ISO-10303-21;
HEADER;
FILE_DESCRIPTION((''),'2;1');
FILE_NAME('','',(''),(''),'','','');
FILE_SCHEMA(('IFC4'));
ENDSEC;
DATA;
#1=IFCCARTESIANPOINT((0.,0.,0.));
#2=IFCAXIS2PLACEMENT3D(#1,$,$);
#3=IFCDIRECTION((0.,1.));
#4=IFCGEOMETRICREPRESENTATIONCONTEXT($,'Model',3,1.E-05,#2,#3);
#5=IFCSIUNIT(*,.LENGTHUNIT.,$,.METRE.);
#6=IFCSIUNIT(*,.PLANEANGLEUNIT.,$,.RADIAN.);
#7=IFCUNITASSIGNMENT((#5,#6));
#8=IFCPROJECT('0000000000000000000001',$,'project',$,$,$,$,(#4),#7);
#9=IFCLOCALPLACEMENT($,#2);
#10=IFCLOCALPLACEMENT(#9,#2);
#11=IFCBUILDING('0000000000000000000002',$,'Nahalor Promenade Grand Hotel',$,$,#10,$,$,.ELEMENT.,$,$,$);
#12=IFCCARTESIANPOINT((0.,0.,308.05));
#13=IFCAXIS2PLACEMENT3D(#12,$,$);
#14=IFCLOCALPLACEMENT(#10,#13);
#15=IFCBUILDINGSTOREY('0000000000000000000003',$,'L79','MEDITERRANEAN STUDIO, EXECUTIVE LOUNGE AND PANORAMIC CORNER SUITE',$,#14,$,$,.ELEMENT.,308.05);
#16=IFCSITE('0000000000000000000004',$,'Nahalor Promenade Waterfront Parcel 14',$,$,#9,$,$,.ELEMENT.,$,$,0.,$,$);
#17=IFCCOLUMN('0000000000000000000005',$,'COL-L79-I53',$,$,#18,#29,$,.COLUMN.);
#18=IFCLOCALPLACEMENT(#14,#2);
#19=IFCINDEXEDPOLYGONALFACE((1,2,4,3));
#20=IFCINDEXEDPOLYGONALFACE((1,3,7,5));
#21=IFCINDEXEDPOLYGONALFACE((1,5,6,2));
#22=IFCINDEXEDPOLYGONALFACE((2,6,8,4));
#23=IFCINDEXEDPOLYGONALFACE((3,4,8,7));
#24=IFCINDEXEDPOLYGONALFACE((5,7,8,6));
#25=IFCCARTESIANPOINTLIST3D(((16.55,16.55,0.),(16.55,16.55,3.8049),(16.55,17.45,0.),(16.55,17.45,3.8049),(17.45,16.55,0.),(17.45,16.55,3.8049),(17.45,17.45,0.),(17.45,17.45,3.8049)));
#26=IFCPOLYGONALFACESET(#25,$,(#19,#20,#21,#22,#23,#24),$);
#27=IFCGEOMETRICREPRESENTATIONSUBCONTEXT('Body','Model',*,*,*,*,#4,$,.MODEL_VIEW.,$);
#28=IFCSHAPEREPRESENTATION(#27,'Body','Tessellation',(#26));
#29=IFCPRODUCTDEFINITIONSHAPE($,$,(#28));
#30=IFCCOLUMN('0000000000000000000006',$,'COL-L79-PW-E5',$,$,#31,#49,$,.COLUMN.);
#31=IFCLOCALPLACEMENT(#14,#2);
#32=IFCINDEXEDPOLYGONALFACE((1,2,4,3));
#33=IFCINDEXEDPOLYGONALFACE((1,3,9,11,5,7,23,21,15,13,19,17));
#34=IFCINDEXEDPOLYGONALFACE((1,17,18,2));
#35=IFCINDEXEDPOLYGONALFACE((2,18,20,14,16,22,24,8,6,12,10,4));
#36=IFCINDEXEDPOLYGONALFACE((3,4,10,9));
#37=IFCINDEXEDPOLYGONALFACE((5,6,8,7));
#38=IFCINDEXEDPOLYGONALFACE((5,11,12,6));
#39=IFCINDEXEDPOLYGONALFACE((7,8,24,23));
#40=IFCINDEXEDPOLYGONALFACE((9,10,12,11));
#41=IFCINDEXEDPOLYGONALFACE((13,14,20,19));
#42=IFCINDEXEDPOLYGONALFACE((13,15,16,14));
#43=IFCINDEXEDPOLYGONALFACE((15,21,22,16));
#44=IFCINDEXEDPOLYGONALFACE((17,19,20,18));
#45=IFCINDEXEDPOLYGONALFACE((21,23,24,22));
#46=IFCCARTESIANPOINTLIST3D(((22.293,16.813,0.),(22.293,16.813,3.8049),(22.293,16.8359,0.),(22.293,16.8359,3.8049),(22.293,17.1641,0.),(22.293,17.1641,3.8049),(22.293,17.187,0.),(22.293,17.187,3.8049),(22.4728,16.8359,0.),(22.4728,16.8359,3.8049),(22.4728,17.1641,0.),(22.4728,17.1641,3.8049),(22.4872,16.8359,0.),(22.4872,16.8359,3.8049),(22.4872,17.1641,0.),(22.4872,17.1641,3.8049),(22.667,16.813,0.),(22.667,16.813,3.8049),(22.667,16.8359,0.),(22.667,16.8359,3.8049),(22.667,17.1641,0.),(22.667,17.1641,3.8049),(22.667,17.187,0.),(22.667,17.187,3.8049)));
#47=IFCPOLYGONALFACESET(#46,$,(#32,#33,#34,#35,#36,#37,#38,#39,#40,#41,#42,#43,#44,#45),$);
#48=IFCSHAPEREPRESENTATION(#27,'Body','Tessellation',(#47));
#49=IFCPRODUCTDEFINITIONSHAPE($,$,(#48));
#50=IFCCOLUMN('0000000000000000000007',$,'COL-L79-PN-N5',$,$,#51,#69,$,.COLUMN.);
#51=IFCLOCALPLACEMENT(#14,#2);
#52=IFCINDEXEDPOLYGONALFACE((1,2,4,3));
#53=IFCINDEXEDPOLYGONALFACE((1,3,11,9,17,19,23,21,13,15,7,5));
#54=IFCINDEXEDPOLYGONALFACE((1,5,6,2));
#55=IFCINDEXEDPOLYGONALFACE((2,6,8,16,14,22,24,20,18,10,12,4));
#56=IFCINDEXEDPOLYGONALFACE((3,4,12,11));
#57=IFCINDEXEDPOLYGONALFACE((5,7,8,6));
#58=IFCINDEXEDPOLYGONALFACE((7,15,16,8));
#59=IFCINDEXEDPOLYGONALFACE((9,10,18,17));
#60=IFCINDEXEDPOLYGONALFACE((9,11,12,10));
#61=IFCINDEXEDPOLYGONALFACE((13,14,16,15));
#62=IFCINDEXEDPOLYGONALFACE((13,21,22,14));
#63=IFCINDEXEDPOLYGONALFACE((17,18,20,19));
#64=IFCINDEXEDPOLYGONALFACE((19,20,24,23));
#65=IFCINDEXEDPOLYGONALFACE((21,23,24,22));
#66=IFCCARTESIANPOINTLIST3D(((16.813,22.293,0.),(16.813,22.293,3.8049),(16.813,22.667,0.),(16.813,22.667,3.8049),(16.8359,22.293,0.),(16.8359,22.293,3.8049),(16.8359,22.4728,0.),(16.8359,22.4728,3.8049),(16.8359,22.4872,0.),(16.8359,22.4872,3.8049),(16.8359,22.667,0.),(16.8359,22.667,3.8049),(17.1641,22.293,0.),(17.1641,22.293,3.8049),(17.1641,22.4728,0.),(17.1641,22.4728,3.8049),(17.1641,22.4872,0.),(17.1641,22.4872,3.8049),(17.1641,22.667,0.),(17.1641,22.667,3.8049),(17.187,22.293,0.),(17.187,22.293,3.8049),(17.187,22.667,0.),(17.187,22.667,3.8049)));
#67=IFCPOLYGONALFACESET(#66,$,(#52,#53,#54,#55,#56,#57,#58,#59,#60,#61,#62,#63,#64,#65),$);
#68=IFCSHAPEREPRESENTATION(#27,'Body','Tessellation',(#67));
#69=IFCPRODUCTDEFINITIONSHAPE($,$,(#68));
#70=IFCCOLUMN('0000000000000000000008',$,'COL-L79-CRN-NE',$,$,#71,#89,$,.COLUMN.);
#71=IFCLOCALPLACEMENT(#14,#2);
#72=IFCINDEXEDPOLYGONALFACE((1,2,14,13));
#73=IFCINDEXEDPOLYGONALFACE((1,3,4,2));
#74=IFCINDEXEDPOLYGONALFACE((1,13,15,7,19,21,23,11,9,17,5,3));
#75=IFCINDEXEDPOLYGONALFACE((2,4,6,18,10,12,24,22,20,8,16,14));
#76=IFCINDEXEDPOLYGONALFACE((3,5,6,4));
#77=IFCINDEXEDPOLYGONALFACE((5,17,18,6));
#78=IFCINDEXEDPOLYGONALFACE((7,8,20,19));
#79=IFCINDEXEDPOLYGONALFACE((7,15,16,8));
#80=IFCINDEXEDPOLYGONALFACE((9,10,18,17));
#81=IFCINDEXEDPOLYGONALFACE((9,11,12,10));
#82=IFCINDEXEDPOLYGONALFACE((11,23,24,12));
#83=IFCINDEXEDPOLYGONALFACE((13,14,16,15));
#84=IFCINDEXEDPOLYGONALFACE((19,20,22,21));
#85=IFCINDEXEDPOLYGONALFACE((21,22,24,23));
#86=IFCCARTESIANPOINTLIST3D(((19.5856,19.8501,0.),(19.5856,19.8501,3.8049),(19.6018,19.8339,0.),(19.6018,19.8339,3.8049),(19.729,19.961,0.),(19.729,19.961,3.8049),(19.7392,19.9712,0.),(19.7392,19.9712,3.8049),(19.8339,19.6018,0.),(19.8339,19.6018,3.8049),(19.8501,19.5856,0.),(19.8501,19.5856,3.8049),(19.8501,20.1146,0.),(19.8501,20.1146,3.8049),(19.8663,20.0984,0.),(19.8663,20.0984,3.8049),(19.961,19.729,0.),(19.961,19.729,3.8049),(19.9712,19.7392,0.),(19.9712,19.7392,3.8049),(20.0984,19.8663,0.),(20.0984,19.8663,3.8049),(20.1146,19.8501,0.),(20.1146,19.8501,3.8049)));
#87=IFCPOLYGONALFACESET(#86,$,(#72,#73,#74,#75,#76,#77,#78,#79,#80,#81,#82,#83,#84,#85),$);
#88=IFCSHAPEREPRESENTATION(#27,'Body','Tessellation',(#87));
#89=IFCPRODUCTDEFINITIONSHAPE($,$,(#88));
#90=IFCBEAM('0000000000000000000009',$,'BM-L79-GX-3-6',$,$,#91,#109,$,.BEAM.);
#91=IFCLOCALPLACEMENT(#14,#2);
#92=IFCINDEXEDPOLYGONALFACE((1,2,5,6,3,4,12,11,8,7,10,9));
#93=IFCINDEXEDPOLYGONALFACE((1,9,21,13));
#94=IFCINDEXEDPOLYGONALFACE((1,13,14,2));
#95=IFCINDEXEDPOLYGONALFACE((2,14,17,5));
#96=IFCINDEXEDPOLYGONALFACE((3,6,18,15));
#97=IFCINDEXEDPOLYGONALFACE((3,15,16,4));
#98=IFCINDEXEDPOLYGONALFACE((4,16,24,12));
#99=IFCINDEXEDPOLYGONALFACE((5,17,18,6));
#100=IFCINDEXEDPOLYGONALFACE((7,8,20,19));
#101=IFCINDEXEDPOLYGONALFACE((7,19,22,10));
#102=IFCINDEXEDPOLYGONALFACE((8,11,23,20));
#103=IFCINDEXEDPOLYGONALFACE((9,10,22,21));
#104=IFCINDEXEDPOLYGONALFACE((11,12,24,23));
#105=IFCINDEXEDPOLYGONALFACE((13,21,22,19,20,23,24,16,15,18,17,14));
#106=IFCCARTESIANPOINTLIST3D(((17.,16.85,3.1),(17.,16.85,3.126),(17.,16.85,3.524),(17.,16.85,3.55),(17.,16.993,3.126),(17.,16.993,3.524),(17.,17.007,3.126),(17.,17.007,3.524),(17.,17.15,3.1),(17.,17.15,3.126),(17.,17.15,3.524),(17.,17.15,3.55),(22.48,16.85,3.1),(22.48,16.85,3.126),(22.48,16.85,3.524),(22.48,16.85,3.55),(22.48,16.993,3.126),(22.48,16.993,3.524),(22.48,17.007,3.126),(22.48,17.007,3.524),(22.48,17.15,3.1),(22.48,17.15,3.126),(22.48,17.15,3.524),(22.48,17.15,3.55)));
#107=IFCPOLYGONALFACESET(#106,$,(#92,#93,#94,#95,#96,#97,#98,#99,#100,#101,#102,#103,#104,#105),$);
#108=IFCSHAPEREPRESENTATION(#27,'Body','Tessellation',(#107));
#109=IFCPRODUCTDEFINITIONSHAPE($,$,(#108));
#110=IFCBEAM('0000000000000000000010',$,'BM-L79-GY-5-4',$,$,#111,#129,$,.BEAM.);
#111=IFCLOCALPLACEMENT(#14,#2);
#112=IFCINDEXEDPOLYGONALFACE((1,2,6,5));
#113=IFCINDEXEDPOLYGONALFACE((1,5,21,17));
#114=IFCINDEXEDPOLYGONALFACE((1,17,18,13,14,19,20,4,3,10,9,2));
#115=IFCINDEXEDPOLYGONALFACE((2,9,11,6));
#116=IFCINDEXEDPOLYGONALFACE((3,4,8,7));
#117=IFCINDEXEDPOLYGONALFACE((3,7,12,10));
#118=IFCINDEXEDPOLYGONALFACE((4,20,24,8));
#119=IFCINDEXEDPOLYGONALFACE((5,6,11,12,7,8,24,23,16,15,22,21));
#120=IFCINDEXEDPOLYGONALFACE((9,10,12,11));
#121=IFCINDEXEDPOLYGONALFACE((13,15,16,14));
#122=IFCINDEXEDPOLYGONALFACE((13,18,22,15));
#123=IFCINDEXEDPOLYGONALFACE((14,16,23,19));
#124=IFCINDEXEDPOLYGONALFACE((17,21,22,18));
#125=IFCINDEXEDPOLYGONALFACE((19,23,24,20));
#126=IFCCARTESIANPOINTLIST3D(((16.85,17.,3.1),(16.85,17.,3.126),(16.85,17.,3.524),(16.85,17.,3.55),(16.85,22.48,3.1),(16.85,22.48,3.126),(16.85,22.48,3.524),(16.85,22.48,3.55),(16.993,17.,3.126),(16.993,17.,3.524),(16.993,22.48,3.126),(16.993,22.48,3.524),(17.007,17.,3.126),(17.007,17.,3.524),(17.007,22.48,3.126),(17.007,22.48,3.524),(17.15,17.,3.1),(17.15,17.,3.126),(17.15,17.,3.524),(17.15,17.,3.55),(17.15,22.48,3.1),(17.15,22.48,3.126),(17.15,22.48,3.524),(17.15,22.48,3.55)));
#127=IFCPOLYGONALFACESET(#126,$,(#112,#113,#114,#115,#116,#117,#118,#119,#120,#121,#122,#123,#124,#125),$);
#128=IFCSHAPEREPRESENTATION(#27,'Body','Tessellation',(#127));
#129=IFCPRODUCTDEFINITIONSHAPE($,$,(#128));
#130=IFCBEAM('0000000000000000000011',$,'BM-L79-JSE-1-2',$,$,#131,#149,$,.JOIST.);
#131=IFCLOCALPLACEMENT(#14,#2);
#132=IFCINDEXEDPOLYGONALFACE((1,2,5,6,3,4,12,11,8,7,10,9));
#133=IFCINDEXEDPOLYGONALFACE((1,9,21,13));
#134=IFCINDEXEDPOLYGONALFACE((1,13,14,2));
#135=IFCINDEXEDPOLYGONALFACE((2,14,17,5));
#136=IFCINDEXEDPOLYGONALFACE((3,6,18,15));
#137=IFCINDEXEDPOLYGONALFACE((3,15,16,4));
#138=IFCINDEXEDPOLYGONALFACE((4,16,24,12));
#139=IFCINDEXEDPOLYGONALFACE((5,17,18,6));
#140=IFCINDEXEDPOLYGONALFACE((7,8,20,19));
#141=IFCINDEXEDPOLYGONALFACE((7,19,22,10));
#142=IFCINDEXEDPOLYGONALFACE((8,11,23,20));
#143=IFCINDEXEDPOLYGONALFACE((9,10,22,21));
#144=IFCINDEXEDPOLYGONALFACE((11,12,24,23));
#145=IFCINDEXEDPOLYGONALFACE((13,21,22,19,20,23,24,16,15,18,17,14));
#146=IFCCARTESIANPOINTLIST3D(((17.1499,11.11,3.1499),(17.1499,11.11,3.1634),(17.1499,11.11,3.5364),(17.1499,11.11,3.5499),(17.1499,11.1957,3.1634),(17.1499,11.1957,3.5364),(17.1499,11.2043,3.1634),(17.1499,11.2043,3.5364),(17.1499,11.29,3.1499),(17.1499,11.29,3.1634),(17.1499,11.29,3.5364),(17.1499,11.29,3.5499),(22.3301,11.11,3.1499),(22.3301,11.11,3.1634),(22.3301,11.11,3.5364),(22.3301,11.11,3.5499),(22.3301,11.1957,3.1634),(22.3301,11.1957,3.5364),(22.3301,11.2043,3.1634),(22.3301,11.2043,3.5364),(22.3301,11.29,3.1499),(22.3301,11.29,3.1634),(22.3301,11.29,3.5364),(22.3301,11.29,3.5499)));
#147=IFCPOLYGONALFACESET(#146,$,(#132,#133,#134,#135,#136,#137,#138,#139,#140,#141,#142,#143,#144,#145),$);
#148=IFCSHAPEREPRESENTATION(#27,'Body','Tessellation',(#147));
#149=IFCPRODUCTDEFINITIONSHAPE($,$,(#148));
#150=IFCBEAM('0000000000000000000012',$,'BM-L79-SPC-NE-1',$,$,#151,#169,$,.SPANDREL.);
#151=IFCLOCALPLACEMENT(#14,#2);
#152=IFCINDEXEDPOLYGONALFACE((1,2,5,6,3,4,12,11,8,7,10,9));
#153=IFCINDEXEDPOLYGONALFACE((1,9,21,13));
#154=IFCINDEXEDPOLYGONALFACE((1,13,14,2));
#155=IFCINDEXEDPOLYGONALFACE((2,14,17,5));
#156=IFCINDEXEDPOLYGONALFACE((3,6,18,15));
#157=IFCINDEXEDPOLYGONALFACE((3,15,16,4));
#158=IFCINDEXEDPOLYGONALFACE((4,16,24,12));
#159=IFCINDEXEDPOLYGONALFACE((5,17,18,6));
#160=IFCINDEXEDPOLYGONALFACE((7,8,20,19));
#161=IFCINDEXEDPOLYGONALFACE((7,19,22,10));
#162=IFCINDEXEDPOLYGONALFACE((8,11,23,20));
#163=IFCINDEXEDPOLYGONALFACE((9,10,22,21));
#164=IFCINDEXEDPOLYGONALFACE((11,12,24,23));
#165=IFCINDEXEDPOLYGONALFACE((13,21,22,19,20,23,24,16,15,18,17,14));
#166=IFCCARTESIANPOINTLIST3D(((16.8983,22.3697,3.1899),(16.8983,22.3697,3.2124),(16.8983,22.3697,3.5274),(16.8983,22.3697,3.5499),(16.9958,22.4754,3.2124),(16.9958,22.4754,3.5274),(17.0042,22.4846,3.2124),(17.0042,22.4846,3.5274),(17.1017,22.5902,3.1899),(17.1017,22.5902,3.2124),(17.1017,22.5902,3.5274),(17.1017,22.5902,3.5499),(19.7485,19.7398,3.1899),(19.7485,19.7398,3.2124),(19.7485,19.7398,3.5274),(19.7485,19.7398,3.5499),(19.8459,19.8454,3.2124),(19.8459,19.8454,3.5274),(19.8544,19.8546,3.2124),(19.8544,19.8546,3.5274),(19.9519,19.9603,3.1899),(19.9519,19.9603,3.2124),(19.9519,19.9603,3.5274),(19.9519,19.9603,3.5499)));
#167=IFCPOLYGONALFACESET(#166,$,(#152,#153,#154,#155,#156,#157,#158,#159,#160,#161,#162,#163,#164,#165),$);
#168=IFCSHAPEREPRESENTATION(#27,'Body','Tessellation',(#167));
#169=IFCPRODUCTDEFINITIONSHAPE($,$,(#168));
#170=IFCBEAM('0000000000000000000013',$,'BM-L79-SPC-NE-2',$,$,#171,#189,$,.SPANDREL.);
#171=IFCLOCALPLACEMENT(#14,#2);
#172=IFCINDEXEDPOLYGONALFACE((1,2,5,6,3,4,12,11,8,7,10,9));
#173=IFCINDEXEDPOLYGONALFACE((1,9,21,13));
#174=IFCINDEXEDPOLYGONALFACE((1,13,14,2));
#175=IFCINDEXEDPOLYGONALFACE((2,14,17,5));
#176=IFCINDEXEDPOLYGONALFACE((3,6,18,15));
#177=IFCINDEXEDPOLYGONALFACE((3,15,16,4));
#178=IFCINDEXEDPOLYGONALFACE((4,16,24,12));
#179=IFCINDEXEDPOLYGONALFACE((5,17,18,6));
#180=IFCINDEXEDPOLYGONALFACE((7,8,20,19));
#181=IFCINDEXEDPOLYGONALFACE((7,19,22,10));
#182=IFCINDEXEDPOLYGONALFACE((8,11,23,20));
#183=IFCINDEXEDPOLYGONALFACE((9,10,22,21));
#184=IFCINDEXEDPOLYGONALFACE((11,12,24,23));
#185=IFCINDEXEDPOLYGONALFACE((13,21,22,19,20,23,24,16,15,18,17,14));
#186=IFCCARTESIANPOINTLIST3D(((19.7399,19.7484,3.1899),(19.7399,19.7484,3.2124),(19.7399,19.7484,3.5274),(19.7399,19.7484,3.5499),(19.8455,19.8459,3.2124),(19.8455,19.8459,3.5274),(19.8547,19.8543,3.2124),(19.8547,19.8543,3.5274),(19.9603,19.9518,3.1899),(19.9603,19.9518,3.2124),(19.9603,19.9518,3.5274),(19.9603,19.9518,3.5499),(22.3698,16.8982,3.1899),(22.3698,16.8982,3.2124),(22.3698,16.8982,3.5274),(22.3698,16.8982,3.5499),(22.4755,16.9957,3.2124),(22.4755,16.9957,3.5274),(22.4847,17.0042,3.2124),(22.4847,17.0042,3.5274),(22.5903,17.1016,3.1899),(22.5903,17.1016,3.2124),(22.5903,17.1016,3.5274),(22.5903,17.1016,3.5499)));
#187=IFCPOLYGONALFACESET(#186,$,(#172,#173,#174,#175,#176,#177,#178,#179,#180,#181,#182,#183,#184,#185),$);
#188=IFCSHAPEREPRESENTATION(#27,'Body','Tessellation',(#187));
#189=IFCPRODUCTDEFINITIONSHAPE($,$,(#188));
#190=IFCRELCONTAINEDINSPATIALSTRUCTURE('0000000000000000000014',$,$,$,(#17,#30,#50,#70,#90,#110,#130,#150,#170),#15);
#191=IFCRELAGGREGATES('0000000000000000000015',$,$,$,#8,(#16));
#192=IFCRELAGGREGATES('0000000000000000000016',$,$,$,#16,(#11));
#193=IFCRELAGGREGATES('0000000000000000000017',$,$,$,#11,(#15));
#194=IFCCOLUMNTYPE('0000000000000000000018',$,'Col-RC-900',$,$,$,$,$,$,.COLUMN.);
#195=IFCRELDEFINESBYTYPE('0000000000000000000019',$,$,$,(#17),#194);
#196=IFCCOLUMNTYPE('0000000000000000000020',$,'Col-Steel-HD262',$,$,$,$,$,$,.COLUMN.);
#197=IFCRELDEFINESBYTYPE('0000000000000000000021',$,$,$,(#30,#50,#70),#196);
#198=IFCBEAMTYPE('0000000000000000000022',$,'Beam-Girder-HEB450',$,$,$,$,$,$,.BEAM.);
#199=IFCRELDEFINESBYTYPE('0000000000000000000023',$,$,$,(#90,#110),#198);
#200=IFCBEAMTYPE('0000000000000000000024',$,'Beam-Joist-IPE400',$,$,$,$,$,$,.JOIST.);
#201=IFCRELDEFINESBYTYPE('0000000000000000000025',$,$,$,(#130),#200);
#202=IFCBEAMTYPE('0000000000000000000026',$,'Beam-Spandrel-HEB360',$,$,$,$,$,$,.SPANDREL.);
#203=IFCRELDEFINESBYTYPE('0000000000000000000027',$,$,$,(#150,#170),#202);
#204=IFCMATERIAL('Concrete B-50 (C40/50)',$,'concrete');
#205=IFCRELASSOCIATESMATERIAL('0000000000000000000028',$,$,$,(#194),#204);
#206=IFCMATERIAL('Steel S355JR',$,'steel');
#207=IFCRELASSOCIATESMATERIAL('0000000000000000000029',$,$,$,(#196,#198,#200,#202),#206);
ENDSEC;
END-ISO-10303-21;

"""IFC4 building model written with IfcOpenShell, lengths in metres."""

from ifc_helpers import new_model, si_unit, direction, frame, origin, origin_2d, place, context, subcontext, project, spatial, rectangle, i_section, extrude, source, transform, mapped, material, material_profile, profile_set, type_object, element, save


model = new_model("IFC4")

# Units and contexts
model_context = context("Model", 3, precision=1e-05, world=origin(), true_north=direction((0.0, 1.0)))
body_context = subcontext(model_context, "Body", "Model", "MODEL_VIEW")
ifc_project = project(units=[si_unit("LENGTHUNIT", "METRE"), si_unit("PLANEANGLEUNIT", "RADIAN")], contexts=[model_context])

# Site, building, storey
site_placement = place(None, origin())
site = spatial("IfcSite", under=ifc_project, at=site_placement, Name="Nahalor Promenade Waterfront Parcel 14", CompositionType="ELEMENT", RefElevation=0.0)
building_placement = place(site_placement, origin())
building = spatial("IfcBuilding", under=site, at=building_placement, Name="Nahalor Promenade Grand Hotel", CompositionType="ELEMENT")
storey_placement = place(building_placement, frame((0.0, 0.0, 308.05)))
storey = spatial("IfcBuildingStorey", under=building, at=storey_placement, Name="L79", Description="MEDITERRANEAN STUDIO, EXECUTIVE LOUNGE AND PANORAMIC CORNER SUITE", CompositionType="ELEMENT", Elevation=308.05)

# Columns
ifc_material_1 = material(Name="Concrete B-50 (C40/50)", Category="concrete")
ifc_material_profile_1 = material_profile(ifc_material_1, rectangle(XDim=0.9, YDim=0.9, at=origin_2d()), Name="RC 900x900")
ifc_profile_set_1 = profile_set([ifc_material_profile_1], Name="Concrete B-50 (C40/50)")
column_type_1 = type_object("IfcColumnType", Name="Col-RC-900", PredefinedType="COLUMN", material=ifc_profile_set_1)
shared_shape_1 = source(origin(), body_context, "Body", "SweptSolid", [
    extrude(rectangle(XDim=0.9, YDim=0.9, at=origin_2d()), origin(), (0.0, 0.0, 1.0), 3.8049),
])
column_placement = place(storey_placement, frame((17.0, 17.0, 0.0), z_axis=(0.0, 0.0, 1.0), x_axis=(1.0, 0.0, 0.0)))
element("IfcColumn", 1, at=column_placement, inside=storey, type_object=column_type_1, Name="COL-L79-I53", PredefinedType="COLUMN", context=body_context, shape_type="MappedRepresentation", body=[
    mapped(shared_shape_1, transform((0.0, 0.0, 0.0), scale=1.0)),
])
ifc_material_2 = material(Name="Steel S355JR", Category="steel")
ifc_material_profile_2 = material_profile(ifc_material_2, i_section(OverallWidth=0.374, OverallDepth=0.374, WebThickness=0.0144, FlangeThickness=0.0229, at=origin_2d()), Name="HD 360x262")
ifc_profile_set_2 = profile_set([ifc_material_profile_2], Name="Steel S355JR")
column_type_2 = type_object("IfcColumnType", Name="Col-Steel-HD262", PredefinedType="COLUMN", material=ifc_profile_set_2)
shared_shape_2 = source(origin(), body_context, "Body", "SweptSolid", [
    extrude(i_section(OverallWidth=0.374, OverallDepth=0.374, WebThickness=0.0144, FlangeThickness=0.0229, at=origin_2d()), origin(), (0.0, 0.0, 1.0), 3.8049),
])
for number, where, z_axis, x_axis, name in (
    (2, (22.48, 17.0, 0.0), (0.0, 0.0, 1.0), (1.0, 0.0, 0.0), "COL-L79-PW-E5"),
    (3, (17.0, 22.48, 0.0), (0.0, 0.0, 1.0), (0.0, 1.0, 0.0), "COL-L79-PN-N5"),
    (4, (19.8501, 19.8501, 0.0), (0.0, 0.0, 1.0), (0.707107, 0.707107, 0.0), "COL-L79-CRN-NE"),
):
    element("IfcColumn", number, at=place(storey_placement, frame(where, z_axis=z_axis, x_axis=x_axis)), inside=storey, type_object=column_type_2, Name=name, PredefinedType="COLUMN", context=body_context, shape_type="MappedRepresentation", body=[
        mapped(shared_shape_2, transform((0.0, 0.0, 0.0), scale=1.0)),
    ])

# Beams
ifc_material_profile_3 = material_profile(ifc_material_2, i_section(OverallWidth=0.3, OverallDepth=0.45, WebThickness=0.014, FlangeThickness=0.026, at=origin_2d()), Name="HEB 450")
ifc_profile_set_3 = profile_set([ifc_material_profile_3], Name="Steel S355JR")
beam_type_1 = type_object("IfcBeamType", Name="Beam-Girder-HEB450", PredefinedType="BEAM", material=ifc_profile_set_3)
shared_shape_3 = source(origin(), body_context, "Body", "SweptSolid", [
    extrude(i_section(OverallWidth=0.3, OverallDepth=0.45, WebThickness=0.014, FlangeThickness=0.026, at=origin_2d()), origin(), (0.0, 0.0, 1.0), 5.48),
])
for number, where, z_axis, x_axis, name in (
    (5, (17.0, 17.0, 3.325), (1.0, 0.0, 0.0), (0.0, 1.0, 0.0), "BM-L79-GX-3-6"),
    (6, (17.0, 17.0, 3.325), (0.0, 1.0, 0.0), (-1.0, 0.0, 0.0), "BM-L79-GY-5-4"),
):
    element("IfcBeam", number, at=place(storey_placement, frame(where, z_axis=z_axis, x_axis=x_axis)), inside=storey, type_object=beam_type_1, Name=name, PredefinedType="BEAM", context=body_context, shape_type="MappedRepresentation", body=[
        mapped(shared_shape_3, transform((0.0, 0.0, 0.0), scale=1.0)),
    ])
ifc_material_profile_4 = material_profile(ifc_material_2, i_section(OverallWidth=0.18, OverallDepth=0.4, WebThickness=0.0086, FlangeThickness=0.0135, at=origin_2d()), Name="IPE 400")
ifc_profile_set_4 = profile_set([ifc_material_profile_4], Name="Steel S355JR")
beam_type_2 = type_object("IfcBeamType", Name="Beam-Joist-IPE400", PredefinedType="JOIST", material=ifc_profile_set_4)
shared_shape_4 = source(origin(), body_context, "Body", "SweptSolid", [
    extrude(i_section(OverallWidth=0.18, OverallDepth=0.4, WebThickness=0.0086, FlangeThickness=0.0135, at=origin_2d()), origin(), (0.0, 0.0, 1.0), 5.1802),
])
beam_placement = place(storey_placement, frame((17.1499, 11.2, 3.3499), z_axis=(1.0, 0.0, 0.0), x_axis=(0.0, 1.0, 0.0)))
element("IfcBeam", 7, at=beam_placement, inside=storey, type_object=beam_type_2, Name="BM-L79-JSE-1-2", PredefinedType="JOIST", context=body_context, shape_type="MappedRepresentation", body=[
    mapped(shared_shape_4, transform((0.0, 0.0, 0.0), scale=1.0)),
])
ifc_material_profile_5 = material_profile(ifc_material_2, i_section(OverallWidth=0.3, OverallDepth=0.36, WebThickness=0.0125, FlangeThickness=0.0225, at=origin_2d()), Name="HEB 360")
ifc_profile_set_5 = profile_set([ifc_material_profile_5], Name="Steel S355JR")
beam_type_3 = type_object("IfcBeamType", Name="Beam-Spandrel-HEB360", PredefinedType="SPANDREL", material=ifc_profile_set_5)
shared_shape_5 = source(origin(), body_context, "Body", "SweptSolid", [
    extrude(i_section(OverallWidth=0.3, OverallDepth=0.36, WebThickness=0.0125, FlangeThickness=0.0225, at=origin_2d()), origin(), (0.0, 0.0, 1.0), 3.8782),
])
for number, where, z_axis, x_axis, name in (
    (8, (17.0, 22.48, 3.3699), (0.734929, -0.678144, 0.0), (0.678144, 0.734929, 0.0), "BM-L79-SPC-NE-1"),
    (9, (19.8501, 19.8501, 3.3699), (0.678144, -0.734929, 0.0), (0.734929, 0.678144, 0.0), "BM-L79-SPC-NE-2"),
):
    element("IfcBeam", number, at=place(storey_placement, frame(where, z_axis=z_axis, x_axis=x_axis)), inside=storey, type_object=beam_type_3, Name=name, PredefinedType="SPANDREL", context=body_context, shape_type="MappedRepresentation", body=[
        mapped(shared_shape_5, transform((0.0, 0.0, 0.0), scale=1.0)),
    ])

save(model, "model.ifc")
